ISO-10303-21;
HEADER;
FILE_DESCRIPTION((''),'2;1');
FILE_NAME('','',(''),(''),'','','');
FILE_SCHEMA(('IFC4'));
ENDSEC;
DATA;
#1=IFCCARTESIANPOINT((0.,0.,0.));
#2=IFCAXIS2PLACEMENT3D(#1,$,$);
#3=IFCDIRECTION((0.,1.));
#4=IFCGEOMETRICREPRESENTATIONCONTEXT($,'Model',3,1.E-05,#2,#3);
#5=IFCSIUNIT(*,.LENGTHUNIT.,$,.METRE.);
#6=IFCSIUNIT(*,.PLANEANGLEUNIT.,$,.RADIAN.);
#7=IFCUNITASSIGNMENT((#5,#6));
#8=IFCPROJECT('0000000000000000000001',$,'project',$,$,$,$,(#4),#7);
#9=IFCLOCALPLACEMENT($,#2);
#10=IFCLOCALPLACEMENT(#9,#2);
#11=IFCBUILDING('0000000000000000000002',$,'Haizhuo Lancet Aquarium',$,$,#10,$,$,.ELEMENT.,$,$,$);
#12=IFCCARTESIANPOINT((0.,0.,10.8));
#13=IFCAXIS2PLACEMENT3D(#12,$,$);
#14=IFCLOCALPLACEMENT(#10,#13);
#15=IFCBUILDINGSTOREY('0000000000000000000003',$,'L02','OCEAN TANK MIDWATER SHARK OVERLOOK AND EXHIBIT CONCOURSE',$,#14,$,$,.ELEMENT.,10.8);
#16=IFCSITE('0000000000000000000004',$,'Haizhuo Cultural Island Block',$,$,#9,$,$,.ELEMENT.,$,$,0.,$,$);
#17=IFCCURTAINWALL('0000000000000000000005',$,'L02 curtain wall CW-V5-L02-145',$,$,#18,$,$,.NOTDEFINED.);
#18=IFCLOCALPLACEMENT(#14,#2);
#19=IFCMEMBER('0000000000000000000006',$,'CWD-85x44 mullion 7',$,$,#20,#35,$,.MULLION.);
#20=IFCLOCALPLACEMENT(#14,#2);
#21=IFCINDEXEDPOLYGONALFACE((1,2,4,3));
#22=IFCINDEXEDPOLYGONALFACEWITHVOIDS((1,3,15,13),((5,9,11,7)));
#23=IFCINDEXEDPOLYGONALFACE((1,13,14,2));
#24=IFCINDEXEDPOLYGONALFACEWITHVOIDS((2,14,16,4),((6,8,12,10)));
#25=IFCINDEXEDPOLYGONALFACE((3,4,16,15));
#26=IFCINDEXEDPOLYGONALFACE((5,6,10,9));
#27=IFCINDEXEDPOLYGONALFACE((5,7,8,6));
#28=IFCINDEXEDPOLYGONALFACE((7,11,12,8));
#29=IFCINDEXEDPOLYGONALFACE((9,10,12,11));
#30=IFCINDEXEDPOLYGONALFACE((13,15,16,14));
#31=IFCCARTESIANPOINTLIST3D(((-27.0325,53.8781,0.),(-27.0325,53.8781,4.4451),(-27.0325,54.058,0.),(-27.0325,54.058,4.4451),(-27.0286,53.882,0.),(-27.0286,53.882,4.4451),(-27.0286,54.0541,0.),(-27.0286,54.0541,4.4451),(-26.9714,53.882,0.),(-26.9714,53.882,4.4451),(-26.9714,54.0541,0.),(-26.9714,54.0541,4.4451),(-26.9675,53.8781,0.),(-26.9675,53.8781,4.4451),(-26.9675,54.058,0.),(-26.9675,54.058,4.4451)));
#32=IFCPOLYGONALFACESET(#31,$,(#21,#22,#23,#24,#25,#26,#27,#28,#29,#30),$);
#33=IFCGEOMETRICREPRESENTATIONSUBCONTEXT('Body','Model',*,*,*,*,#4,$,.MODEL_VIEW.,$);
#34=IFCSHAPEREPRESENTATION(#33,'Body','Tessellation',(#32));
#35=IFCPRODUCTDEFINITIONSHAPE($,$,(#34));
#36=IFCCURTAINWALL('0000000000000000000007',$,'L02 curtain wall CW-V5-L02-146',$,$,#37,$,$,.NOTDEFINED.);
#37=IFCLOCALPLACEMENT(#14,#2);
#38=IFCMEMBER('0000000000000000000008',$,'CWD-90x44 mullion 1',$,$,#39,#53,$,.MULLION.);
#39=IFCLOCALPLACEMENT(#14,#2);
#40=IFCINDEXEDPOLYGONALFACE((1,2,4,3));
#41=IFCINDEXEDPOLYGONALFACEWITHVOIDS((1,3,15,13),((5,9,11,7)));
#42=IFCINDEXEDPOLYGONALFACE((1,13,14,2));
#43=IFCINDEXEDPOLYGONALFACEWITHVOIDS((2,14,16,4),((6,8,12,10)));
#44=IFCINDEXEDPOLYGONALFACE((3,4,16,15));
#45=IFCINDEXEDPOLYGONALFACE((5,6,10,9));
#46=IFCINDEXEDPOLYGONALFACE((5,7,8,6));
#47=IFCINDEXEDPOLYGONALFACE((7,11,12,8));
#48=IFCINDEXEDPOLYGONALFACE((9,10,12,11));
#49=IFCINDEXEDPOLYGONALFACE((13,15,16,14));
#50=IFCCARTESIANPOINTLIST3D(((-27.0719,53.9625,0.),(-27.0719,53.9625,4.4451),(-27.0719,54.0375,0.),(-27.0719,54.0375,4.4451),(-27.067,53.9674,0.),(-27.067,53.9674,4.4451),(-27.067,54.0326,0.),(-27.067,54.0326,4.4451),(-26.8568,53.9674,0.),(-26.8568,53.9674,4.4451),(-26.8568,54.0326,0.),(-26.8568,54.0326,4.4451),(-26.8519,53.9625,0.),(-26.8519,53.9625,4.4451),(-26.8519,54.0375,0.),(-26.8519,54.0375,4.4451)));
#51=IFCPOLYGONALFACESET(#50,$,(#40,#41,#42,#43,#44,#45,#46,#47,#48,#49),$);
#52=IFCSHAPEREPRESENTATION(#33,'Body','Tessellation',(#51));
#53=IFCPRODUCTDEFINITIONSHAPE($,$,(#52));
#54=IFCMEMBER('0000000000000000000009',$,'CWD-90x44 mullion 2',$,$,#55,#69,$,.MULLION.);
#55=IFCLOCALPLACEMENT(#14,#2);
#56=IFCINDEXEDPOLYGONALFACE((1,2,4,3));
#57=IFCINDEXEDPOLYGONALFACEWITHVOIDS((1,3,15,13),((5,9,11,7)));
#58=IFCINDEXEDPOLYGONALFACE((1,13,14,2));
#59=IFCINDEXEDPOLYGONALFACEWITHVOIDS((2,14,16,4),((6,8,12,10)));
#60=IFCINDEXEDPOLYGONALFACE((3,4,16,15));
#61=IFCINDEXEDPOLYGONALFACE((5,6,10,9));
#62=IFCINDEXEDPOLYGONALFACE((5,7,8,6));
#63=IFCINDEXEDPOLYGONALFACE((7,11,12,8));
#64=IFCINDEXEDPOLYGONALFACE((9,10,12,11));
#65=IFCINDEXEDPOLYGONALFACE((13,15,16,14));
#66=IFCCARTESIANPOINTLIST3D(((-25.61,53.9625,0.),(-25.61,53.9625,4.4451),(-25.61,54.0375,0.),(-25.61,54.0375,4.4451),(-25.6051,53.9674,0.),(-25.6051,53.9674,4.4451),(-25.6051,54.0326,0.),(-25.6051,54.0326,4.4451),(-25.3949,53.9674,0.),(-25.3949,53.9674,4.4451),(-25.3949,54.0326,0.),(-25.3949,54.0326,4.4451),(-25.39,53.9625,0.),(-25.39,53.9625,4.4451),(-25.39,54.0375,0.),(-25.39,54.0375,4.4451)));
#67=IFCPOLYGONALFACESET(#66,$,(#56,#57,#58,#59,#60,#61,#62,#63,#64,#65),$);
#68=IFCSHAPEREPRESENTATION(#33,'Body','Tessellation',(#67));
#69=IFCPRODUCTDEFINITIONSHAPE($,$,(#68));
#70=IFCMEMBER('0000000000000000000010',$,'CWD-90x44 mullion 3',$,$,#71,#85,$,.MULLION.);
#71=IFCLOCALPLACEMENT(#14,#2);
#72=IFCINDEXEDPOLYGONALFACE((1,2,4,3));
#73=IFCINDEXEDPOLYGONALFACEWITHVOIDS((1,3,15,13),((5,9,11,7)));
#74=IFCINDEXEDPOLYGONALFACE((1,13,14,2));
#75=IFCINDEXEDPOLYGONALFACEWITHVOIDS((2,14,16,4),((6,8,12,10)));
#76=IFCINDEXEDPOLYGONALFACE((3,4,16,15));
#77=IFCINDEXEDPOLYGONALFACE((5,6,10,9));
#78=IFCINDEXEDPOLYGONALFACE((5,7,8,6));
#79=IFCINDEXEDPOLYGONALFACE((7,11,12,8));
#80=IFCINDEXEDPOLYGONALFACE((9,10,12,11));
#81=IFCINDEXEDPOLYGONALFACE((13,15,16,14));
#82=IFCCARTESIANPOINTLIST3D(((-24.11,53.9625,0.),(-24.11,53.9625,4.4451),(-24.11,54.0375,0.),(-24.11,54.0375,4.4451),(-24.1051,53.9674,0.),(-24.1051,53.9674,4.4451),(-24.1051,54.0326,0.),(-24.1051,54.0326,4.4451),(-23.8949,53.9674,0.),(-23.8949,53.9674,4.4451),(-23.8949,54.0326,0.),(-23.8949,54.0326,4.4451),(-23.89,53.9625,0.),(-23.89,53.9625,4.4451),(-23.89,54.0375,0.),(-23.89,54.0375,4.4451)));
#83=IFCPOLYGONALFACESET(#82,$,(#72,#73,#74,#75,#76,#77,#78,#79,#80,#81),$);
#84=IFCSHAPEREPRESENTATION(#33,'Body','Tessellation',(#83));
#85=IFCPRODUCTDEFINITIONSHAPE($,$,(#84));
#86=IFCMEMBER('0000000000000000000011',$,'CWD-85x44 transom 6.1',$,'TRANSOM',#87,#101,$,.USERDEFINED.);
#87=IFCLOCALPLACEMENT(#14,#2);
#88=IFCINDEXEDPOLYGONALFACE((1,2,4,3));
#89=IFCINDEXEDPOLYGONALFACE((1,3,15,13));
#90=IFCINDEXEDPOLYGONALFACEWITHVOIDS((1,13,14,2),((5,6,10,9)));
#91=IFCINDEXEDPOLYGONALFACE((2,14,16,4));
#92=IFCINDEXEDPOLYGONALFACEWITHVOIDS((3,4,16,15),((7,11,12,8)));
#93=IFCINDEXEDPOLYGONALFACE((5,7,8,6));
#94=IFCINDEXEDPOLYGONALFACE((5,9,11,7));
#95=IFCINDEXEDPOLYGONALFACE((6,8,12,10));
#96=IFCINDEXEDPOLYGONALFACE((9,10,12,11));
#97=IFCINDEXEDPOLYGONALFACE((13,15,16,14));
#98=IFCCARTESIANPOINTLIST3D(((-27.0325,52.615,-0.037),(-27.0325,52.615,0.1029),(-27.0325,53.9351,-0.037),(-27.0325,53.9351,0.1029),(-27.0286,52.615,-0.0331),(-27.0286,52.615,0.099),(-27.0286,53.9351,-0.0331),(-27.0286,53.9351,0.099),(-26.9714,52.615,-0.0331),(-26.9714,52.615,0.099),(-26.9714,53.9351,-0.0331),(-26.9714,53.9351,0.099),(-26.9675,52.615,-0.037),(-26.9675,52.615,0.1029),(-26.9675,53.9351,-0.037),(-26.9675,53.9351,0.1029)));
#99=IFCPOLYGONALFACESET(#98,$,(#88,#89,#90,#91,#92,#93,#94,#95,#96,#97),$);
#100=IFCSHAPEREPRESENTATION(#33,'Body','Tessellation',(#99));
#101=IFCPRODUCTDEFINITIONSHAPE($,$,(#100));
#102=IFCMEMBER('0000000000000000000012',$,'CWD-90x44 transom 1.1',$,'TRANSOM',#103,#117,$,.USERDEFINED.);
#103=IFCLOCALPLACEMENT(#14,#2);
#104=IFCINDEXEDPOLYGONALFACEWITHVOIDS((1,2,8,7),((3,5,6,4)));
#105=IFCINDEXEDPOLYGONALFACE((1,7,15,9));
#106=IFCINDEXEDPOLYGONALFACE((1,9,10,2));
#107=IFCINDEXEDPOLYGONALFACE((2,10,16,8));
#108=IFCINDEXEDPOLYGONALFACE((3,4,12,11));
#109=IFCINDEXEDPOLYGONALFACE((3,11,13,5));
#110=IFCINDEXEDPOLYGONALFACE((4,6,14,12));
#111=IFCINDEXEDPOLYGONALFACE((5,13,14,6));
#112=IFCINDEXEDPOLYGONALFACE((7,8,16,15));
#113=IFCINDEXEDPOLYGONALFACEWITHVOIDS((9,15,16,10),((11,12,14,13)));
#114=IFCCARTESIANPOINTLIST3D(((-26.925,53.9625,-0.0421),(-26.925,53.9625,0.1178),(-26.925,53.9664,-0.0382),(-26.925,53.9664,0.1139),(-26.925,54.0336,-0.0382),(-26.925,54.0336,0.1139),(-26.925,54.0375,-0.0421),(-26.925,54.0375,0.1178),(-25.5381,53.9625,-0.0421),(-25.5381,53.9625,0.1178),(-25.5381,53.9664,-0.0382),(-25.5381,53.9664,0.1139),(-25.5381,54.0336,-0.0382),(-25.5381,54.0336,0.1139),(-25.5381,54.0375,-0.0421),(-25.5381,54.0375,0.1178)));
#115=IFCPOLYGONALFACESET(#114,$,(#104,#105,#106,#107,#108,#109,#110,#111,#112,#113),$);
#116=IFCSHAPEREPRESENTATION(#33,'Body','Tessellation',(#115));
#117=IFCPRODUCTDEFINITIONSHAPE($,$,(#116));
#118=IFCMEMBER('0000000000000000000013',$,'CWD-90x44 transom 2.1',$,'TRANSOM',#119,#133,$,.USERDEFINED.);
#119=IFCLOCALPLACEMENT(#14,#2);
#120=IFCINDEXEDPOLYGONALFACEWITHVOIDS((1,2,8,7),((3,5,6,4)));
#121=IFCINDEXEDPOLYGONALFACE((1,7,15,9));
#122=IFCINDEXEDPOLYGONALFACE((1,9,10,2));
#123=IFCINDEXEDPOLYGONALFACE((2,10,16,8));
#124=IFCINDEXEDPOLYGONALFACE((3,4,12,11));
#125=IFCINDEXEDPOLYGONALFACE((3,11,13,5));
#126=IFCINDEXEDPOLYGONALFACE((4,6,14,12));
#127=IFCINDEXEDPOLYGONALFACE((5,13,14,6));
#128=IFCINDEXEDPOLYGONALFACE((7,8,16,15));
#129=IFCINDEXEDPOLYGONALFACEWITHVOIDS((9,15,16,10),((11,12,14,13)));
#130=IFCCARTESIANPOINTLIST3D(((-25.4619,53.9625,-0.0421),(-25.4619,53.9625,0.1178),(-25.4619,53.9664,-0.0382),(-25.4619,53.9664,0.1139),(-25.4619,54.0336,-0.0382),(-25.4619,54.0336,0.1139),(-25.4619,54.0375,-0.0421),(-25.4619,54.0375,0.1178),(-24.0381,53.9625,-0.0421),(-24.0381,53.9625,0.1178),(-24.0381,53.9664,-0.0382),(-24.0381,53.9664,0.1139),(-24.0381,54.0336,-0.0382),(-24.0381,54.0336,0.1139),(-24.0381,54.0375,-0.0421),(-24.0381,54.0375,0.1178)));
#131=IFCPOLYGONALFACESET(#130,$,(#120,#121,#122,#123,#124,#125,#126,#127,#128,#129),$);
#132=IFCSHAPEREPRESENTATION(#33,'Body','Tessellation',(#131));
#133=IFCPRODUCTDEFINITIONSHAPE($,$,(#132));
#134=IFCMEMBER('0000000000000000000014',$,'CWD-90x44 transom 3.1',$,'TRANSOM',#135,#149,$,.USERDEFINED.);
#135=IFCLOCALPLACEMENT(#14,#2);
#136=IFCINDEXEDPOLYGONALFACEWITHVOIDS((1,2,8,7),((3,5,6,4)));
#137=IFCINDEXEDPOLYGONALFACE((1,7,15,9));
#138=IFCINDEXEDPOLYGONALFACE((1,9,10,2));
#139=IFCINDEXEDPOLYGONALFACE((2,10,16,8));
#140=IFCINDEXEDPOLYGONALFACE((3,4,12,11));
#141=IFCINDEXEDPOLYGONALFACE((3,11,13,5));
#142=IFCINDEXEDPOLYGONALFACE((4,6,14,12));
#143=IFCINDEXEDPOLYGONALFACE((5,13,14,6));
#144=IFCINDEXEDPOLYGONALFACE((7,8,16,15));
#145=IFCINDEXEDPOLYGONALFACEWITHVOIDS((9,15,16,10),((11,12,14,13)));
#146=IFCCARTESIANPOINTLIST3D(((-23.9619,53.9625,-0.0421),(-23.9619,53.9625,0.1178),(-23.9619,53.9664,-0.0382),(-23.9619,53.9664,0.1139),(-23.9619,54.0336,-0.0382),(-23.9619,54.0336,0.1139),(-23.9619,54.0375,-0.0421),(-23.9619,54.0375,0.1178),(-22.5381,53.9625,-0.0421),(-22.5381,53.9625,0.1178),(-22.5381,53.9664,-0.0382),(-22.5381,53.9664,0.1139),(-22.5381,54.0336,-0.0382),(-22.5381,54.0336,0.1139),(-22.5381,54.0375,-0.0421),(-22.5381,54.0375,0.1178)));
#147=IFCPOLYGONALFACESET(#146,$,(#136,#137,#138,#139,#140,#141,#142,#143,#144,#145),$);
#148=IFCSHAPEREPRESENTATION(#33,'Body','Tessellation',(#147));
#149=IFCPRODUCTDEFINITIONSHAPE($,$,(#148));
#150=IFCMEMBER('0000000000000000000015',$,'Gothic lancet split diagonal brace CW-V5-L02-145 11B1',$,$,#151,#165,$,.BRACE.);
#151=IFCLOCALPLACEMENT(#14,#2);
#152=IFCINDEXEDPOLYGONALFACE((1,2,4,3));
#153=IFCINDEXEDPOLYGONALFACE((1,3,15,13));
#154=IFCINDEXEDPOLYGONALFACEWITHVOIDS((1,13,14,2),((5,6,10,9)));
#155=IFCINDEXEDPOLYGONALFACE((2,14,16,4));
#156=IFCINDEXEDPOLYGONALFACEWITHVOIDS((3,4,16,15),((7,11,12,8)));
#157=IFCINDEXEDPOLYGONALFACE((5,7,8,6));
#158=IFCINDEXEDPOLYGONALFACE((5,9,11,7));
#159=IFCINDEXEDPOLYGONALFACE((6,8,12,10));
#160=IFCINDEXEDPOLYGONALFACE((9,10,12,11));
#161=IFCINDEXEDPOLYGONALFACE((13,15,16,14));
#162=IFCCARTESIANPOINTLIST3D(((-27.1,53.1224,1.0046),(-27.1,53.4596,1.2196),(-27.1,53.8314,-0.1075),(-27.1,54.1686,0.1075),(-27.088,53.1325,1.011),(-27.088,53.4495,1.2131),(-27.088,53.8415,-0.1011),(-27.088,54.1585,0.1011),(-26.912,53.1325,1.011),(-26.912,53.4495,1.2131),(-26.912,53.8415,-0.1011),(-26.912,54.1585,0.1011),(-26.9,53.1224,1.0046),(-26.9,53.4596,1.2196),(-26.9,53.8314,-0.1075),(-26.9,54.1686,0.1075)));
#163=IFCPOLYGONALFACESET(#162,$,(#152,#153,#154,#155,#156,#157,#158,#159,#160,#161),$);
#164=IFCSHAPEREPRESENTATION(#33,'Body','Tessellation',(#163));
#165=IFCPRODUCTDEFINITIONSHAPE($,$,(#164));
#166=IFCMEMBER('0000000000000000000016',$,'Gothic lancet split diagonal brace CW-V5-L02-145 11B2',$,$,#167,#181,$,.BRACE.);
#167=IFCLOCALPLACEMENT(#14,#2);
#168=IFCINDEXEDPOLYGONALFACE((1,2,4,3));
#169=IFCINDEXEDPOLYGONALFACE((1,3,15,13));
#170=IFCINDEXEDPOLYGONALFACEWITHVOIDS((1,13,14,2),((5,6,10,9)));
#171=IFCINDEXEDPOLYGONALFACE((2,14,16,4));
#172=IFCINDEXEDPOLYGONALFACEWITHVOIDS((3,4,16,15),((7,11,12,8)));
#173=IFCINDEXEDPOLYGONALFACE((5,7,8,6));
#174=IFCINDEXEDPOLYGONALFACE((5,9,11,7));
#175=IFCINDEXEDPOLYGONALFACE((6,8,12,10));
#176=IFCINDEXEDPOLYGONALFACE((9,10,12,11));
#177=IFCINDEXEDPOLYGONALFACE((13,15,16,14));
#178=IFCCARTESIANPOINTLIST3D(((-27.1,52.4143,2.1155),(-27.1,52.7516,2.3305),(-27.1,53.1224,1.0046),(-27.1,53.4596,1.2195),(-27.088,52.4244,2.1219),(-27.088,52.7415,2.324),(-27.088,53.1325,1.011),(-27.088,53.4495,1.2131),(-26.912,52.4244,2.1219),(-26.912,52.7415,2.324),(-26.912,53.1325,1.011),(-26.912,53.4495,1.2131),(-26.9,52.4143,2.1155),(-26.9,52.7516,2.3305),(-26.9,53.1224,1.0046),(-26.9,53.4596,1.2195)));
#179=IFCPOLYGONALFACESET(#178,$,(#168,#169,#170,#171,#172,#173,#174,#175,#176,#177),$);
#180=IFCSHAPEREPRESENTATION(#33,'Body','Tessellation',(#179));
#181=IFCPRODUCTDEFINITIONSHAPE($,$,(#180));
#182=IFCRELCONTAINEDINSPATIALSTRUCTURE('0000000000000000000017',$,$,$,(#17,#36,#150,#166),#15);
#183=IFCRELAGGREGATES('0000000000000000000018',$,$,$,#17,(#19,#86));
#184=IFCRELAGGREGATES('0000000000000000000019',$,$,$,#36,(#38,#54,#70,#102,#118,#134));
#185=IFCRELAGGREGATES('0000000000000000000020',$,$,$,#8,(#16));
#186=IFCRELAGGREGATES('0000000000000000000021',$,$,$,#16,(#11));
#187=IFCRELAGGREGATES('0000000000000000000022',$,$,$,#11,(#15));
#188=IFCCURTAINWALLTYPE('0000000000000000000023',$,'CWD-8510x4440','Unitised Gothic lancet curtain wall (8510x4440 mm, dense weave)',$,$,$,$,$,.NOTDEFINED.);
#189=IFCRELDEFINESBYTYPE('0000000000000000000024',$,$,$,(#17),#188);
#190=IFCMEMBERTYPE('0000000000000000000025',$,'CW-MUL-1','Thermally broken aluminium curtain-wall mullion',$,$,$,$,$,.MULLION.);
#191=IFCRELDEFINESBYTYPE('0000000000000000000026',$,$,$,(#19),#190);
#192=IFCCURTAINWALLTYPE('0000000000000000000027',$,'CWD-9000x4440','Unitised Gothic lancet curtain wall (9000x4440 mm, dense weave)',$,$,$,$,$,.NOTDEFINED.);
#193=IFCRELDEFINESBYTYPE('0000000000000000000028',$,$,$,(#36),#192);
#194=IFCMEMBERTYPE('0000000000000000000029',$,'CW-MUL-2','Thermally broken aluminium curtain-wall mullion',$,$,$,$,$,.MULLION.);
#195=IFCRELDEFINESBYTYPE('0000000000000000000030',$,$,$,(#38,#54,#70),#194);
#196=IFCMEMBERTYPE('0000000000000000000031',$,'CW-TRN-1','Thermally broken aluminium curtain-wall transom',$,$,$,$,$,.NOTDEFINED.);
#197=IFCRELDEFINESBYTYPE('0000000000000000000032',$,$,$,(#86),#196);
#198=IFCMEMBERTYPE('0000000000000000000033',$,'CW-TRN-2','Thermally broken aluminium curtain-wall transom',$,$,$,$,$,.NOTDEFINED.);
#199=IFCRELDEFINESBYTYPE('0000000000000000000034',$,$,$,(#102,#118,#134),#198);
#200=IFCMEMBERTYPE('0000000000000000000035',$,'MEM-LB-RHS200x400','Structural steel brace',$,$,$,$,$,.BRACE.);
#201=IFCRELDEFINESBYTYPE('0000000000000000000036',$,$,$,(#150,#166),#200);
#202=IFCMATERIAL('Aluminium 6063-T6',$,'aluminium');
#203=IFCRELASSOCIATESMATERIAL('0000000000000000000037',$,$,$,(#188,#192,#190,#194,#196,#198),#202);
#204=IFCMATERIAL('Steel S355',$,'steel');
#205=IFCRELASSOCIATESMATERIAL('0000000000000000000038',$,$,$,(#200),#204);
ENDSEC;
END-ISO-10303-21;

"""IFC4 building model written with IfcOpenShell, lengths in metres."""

from ifc_helpers import new_model, si_unit, direction, frame, origin, origin_2d, place, context, subcontext, project, spatial, hollow_rectangle, extrude, material, material_profile, profile_set, type_object, element, aggregate, save


model = new_model("IFC4")

# Units and contexts
model_context = context("Model", 3, precision=1e-05, world=origin(), true_north=direction((0.0, 1.0)))
body_context = subcontext(model_context, "Body", "Model", "MODEL_VIEW")
ifc_project = project(units=[si_unit("LENGTHUNIT", "METRE"), si_unit("PLANEANGLEUNIT", "RADIAN")], contexts=[model_context])

# Site, building, storey
site_placement = place(None, origin())
site = spatial("IfcSite", under=ifc_project, at=site_placement, Name="Haizhuo Cultural Island Block", CompositionType="ELEMENT", RefElevation=0.0)
building_placement = place(site_placement, origin())
building = spatial("IfcBuilding", under=site, at=building_placement, Name="Haizhuo Lancet Aquarium", CompositionType="ELEMENT")
storey_placement = place(building_placement, frame((0.0, 0.0, 10.8)))
storey = spatial("IfcBuildingStorey", under=building, at=storey_placement, Name="L02", Description="OCEAN TANK MIDWATER SHARK OVERLOOK AND EXHIBIT CONCOURSE", CompositionType="ELEMENT", Elevation=10.8)

# Curtain wall, member
ifc_material_1 = material(Name="Aluminium 6063-T6", Category="aluminium")
curtain_wall_type_1 = type_object("IfcCurtainWallType", Name="CWD-8510x4440", Description="Unitised Gothic lancet curtain wall (8510x4440 mm, dense weave)", PredefinedType="NOTDEFINED", material=ifc_material_1)
curtain_wall_1_placement = place(storey_placement, origin())
curtain_wall_1 = element("IfcCurtainWall", 1, at=curtain_wall_1_placement, inside=storey, type_object=curtain_wall_type_1, Name="L02 curtain wall CW-V5-L02-145", PredefinedType="NOTDEFINED")
ifc_material_profile_1 = material_profile(ifc_material_1, hollow_rectangle(XDim=0.0649, YDim=0.1799, WallThickness=0.0039, at=origin_2d()), Name="ALU-M 65x180x4")
ifc_profile_set_1 = profile_set([ifc_material_profile_1], Name="Aluminium 6063-T6")
member_type_1 = type_object("IfcMemberType", Name="CW-MUL-1", Description="Thermally broken aluminium curtain-wall mullion", PredefinedType="MULLION", material=ifc_profile_set_1)
member_1_placement = place(storey_placement, frame((-27.0, 53.968, 0.0), z_axis=(0.0, 0.0, 1.0), x_axis=(-1.0, 0.0, 0.0)))
member_1 = element("IfcMember", 2, at=member_1_placement, type_object=member_type_1, Name="CWD-85x44 mullion 7", PredefinedType="MULLION", context=body_context, shape_type="SweptSolid", body=[
    extrude(hollow_rectangle(XDim=0.0649, YDim=0.1799, WallThickness=0.0039, at=origin_2d()), origin(), (0.0, 0.0, 1.0), 4.4451),
])

# Curtain wall, members
curtain_wall_type_2 = type_object("IfcCurtainWallType", Name="CWD-9000x4440", Description="Unitised Gothic lancet curtain wall (9000x4440 mm, dense weave)", PredefinedType="NOTDEFINED", material=ifc_material_1)
curtain_wall_2_placement = place(storey_placement, origin())
curtain_wall_2 = element("IfcCurtainWall", 3, at=curtain_wall_2_placement, inside=storey, type_object=curtain_wall_type_2, Name="L02 curtain wall CW-V5-L02-146", PredefinedType="NOTDEFINED")
ifc_material_profile_2 = material_profile(ifc_material_1, hollow_rectangle(XDim=0.075, YDim=0.22, WallThickness=0.0049, at=origin_2d()), Name="ALU-M 75x220x5")
ifc_profile_set_2 = profile_set([ifc_material_profile_2], Name="Aluminium 6063-T6")
member_type_2 = type_object("IfcMemberType", Name="CW-MUL-2", Description="Thermally broken aluminium curtain-wall mullion", PredefinedType="MULLION", material=ifc_profile_set_2)
member_2_placement = place(storey_placement, frame((-26.9619, 54.0, 0.0), z_axis=(0.0, 0.0, 1.0), x_axis=(0.0, 1.0, 0.0)))
member_2 = element("IfcMember", 4, at=member_2_placement, type_object=member_type_2, Name="CWD-90x44 mullion 1", PredefinedType="MULLION", context=body_context, shape_type="SweptSolid", body=[
    extrude(hollow_rectangle(XDim=0.075, YDim=0.22, WallThickness=0.0049, at=origin_2d()), origin(), (0.0, 0.0, 1.0), 4.4451),
])
member_3_placement = place(storey_placement, frame((-25.5, 54.0, 0.0), z_axis=(0.0, 0.0, 1.0), x_axis=(0.0, 1.0, 0.0)))
member_3 = element("IfcMember", 5, at=member_3_placement, type_object=member_type_2, Name="CWD-90x44 mullion 2", PredefinedType="MULLION", context=body_context, shape_type="SweptSolid", body=[
    extrude(hollow_rectangle(XDim=0.075, YDim=0.22, WallThickness=0.0049, at=origin_2d()), origin(), (0.0, 0.0, 1.0), 4.4451),
])
member_4_placement = place(storey_placement, frame((-24.0, 54.0, 0.0), z_axis=(0.0, 0.0, 1.0), x_axis=(0.0, 1.0, 0.0)))
member_4 = element("IfcMember", 6, at=member_4_placement, type_object=member_type_2, Name="CWD-90x44 mullion 3", PredefinedType="MULLION", context=body_context, shape_type="SweptSolid", body=[
    extrude(hollow_rectangle(XDim=0.075, YDim=0.22, WallThickness=0.0049, at=origin_2d()), origin(), (0.0, 0.0, 1.0), 4.4451),
])

# Members
ifc_material_profile_3 = material_profile(ifc_material_1, hollow_rectangle(XDim=0.0649, YDim=0.1399, WallThickness=0.0039, at=origin_2d()), Name="ALU-T 65x140x4")
ifc_profile_set_3 = profile_set([ifc_material_profile_3], Name="Aluminium 6063-T6")
member_type_3 = type_object("IfcMemberType", Name="CW-TRN-1", Description="Thermally broken aluminium curtain-wall transom", PredefinedType="NOTDEFINED", material=ifc_profile_set_3)
member_5_placement = place(storey_placement, frame((-27.0, 52.615, 0.033), z_axis=(0.0, 1.0, 0.0), x_axis=(-1.0, 0.0, 0.0)))
member_5 = element("IfcMember", 7, at=member_5_placement, type_object=member_type_3, Name="CWD-85x44 transom 6.1", ObjectType="TRANSOM", PredefinedType="USERDEFINED", context=body_context, shape_type="SweptSolid", body=[
    extrude(hollow_rectangle(XDim=0.0649, YDim=0.1399, WallThickness=0.0039, at=origin_2d()), origin(), (0.0, 0.0, 1.0), 1.3201),
])
ifc_material_profile_4 = material_profile(ifc_material_1, hollow_rectangle(XDim=0.075, YDim=0.1599, WallThickness=0.0039, at=origin_2d()), Name="ALU-T 75x160x4")
ifc_profile_set_4 = profile_set([ifc_material_profile_4], Name="Aluminium 6063-T6")
member_type_4 = type_object("IfcMemberType", Name="CW-TRN-2", Description="Thermally broken aluminium curtain-wall transom", PredefinedType="NOTDEFINED", material=ifc_profile_set_4)
member_6_placement = place(storey_placement, frame((-26.925, 54.0, 0.0378), z_axis=(1.0, 0.0, 0.0), x_axis=(0.0, 1.0, 0.0)))
member_6 = element("IfcMember", 8, at=member_6_placement, type_object=member_type_4, Name="CWD-90x44 transom 1.1", ObjectType="TRANSOM", PredefinedType="USERDEFINED", context=body_context, shape_type="SweptSolid", body=[
    extrude(hollow_rectangle(XDim=0.075, YDim=0.1599, WallThickness=0.0039, at=origin_2d()), origin(), (0.0, 0.0, 1.0), 1.387),
])
member_7_placement = place(storey_placement, frame((-25.4619, 54.0, 0.0378), z_axis=(1.0, 0.0, 0.0), x_axis=(0.0, 1.0, 0.0)))
member_7 = element("IfcMember", 9, at=member_7_placement, type_object=member_type_4, Name="CWD-90x44 transom 2.1", ObjectType="TRANSOM", PredefinedType="USERDEFINED", context=body_context, shape_type="SweptSolid", body=[
    extrude(hollow_rectangle(XDim=0.075, YDim=0.1599, WallThickness=0.0039, at=origin_2d()), origin(), (0.0, 0.0, 1.0), 1.4238),
])
member_8_placement = place(storey_placement, frame((-23.9619, 54.0, 0.0378), z_axis=(1.0, 0.0, 0.0), x_axis=(0.0, 1.0, 0.0)))
member_8 = element("IfcMember", 10, at=member_8_placement, type_object=member_type_4, Name="CWD-90x44 transom 3.1", ObjectType="TRANSOM", PredefinedType="USERDEFINED", context=body_context, shape_type="SweptSolid", body=[
    extrude(hollow_rectangle(XDim=0.075, YDim=0.1599, WallThickness=0.0039, at=origin_2d()), origin(), (0.0, 0.0, 1.0), 1.4238),
])

# Members
ifc_material_2 = material(Name="Steel S355", Category="steel")
ifc_material_profile_5 = material_profile(ifc_material_2, hollow_rectangle(XDim=0.2, YDim=0.3999, WallThickness=0.012, at=origin_2d()), Name="RHS 200x400x12")
ifc_profile_set_5 = profile_set([ifc_material_profile_5], Name="Steel S355")
member_type_5 = type_object("IfcMemberType", Name="MEM-LB-RHS200x400", Description="Structural steel brace", PredefinedType="BRACE", material=ifc_profile_set_5)
member_9_placement = place(storey_placement, frame((-27.0, 54.0, 0.0), z_axis=(0.0, -0.537582, 0.843211), x_axis=(1.0, 0.0, 0.0)))
element("IfcMember", 11, at=member_9_placement, inside=storey, type_object=member_type_5, Name="Gothic lancet split diagonal brace CW-V5-L02-145 11B1", PredefinedType="BRACE", context=body_context, shape_type="SweptSolid", body=[
    extrude(hollow_rectangle(XDim=0.2, YDim=0.3999, WallThickness=0.012, at=origin_2d()), origin(), (0.0, 0.0, 1.0), 1.3188),
])
member_10_placement = place(storey_placement, frame((-27.0, 53.291, 1.1121), z_axis=(0.0, -0.537475, 0.84328), x_axis=(1.0, 0.0, 0.0)))
element("IfcMember", 12, at=member_10_placement, inside=storey, type_object=member_type_5, Name="Gothic lancet split diagonal brace CW-V5-L02-145 11B2", PredefinedType="BRACE", context=body_context, shape_type="SweptSolid", body=[
    extrude(hollow_rectangle(XDim=0.2, YDim=0.3999, WallThickness=0.012, at=origin_2d()), origin(), (0.0, 0.0, 1.0), 1.3174),
])

aggregate(curtain_wall_1, [member_1, member_5])
aggregate(curtain_wall_2, [member_2, member_3, member_4, member_6, member_7, member_8])

save(model, "model.ifc")
